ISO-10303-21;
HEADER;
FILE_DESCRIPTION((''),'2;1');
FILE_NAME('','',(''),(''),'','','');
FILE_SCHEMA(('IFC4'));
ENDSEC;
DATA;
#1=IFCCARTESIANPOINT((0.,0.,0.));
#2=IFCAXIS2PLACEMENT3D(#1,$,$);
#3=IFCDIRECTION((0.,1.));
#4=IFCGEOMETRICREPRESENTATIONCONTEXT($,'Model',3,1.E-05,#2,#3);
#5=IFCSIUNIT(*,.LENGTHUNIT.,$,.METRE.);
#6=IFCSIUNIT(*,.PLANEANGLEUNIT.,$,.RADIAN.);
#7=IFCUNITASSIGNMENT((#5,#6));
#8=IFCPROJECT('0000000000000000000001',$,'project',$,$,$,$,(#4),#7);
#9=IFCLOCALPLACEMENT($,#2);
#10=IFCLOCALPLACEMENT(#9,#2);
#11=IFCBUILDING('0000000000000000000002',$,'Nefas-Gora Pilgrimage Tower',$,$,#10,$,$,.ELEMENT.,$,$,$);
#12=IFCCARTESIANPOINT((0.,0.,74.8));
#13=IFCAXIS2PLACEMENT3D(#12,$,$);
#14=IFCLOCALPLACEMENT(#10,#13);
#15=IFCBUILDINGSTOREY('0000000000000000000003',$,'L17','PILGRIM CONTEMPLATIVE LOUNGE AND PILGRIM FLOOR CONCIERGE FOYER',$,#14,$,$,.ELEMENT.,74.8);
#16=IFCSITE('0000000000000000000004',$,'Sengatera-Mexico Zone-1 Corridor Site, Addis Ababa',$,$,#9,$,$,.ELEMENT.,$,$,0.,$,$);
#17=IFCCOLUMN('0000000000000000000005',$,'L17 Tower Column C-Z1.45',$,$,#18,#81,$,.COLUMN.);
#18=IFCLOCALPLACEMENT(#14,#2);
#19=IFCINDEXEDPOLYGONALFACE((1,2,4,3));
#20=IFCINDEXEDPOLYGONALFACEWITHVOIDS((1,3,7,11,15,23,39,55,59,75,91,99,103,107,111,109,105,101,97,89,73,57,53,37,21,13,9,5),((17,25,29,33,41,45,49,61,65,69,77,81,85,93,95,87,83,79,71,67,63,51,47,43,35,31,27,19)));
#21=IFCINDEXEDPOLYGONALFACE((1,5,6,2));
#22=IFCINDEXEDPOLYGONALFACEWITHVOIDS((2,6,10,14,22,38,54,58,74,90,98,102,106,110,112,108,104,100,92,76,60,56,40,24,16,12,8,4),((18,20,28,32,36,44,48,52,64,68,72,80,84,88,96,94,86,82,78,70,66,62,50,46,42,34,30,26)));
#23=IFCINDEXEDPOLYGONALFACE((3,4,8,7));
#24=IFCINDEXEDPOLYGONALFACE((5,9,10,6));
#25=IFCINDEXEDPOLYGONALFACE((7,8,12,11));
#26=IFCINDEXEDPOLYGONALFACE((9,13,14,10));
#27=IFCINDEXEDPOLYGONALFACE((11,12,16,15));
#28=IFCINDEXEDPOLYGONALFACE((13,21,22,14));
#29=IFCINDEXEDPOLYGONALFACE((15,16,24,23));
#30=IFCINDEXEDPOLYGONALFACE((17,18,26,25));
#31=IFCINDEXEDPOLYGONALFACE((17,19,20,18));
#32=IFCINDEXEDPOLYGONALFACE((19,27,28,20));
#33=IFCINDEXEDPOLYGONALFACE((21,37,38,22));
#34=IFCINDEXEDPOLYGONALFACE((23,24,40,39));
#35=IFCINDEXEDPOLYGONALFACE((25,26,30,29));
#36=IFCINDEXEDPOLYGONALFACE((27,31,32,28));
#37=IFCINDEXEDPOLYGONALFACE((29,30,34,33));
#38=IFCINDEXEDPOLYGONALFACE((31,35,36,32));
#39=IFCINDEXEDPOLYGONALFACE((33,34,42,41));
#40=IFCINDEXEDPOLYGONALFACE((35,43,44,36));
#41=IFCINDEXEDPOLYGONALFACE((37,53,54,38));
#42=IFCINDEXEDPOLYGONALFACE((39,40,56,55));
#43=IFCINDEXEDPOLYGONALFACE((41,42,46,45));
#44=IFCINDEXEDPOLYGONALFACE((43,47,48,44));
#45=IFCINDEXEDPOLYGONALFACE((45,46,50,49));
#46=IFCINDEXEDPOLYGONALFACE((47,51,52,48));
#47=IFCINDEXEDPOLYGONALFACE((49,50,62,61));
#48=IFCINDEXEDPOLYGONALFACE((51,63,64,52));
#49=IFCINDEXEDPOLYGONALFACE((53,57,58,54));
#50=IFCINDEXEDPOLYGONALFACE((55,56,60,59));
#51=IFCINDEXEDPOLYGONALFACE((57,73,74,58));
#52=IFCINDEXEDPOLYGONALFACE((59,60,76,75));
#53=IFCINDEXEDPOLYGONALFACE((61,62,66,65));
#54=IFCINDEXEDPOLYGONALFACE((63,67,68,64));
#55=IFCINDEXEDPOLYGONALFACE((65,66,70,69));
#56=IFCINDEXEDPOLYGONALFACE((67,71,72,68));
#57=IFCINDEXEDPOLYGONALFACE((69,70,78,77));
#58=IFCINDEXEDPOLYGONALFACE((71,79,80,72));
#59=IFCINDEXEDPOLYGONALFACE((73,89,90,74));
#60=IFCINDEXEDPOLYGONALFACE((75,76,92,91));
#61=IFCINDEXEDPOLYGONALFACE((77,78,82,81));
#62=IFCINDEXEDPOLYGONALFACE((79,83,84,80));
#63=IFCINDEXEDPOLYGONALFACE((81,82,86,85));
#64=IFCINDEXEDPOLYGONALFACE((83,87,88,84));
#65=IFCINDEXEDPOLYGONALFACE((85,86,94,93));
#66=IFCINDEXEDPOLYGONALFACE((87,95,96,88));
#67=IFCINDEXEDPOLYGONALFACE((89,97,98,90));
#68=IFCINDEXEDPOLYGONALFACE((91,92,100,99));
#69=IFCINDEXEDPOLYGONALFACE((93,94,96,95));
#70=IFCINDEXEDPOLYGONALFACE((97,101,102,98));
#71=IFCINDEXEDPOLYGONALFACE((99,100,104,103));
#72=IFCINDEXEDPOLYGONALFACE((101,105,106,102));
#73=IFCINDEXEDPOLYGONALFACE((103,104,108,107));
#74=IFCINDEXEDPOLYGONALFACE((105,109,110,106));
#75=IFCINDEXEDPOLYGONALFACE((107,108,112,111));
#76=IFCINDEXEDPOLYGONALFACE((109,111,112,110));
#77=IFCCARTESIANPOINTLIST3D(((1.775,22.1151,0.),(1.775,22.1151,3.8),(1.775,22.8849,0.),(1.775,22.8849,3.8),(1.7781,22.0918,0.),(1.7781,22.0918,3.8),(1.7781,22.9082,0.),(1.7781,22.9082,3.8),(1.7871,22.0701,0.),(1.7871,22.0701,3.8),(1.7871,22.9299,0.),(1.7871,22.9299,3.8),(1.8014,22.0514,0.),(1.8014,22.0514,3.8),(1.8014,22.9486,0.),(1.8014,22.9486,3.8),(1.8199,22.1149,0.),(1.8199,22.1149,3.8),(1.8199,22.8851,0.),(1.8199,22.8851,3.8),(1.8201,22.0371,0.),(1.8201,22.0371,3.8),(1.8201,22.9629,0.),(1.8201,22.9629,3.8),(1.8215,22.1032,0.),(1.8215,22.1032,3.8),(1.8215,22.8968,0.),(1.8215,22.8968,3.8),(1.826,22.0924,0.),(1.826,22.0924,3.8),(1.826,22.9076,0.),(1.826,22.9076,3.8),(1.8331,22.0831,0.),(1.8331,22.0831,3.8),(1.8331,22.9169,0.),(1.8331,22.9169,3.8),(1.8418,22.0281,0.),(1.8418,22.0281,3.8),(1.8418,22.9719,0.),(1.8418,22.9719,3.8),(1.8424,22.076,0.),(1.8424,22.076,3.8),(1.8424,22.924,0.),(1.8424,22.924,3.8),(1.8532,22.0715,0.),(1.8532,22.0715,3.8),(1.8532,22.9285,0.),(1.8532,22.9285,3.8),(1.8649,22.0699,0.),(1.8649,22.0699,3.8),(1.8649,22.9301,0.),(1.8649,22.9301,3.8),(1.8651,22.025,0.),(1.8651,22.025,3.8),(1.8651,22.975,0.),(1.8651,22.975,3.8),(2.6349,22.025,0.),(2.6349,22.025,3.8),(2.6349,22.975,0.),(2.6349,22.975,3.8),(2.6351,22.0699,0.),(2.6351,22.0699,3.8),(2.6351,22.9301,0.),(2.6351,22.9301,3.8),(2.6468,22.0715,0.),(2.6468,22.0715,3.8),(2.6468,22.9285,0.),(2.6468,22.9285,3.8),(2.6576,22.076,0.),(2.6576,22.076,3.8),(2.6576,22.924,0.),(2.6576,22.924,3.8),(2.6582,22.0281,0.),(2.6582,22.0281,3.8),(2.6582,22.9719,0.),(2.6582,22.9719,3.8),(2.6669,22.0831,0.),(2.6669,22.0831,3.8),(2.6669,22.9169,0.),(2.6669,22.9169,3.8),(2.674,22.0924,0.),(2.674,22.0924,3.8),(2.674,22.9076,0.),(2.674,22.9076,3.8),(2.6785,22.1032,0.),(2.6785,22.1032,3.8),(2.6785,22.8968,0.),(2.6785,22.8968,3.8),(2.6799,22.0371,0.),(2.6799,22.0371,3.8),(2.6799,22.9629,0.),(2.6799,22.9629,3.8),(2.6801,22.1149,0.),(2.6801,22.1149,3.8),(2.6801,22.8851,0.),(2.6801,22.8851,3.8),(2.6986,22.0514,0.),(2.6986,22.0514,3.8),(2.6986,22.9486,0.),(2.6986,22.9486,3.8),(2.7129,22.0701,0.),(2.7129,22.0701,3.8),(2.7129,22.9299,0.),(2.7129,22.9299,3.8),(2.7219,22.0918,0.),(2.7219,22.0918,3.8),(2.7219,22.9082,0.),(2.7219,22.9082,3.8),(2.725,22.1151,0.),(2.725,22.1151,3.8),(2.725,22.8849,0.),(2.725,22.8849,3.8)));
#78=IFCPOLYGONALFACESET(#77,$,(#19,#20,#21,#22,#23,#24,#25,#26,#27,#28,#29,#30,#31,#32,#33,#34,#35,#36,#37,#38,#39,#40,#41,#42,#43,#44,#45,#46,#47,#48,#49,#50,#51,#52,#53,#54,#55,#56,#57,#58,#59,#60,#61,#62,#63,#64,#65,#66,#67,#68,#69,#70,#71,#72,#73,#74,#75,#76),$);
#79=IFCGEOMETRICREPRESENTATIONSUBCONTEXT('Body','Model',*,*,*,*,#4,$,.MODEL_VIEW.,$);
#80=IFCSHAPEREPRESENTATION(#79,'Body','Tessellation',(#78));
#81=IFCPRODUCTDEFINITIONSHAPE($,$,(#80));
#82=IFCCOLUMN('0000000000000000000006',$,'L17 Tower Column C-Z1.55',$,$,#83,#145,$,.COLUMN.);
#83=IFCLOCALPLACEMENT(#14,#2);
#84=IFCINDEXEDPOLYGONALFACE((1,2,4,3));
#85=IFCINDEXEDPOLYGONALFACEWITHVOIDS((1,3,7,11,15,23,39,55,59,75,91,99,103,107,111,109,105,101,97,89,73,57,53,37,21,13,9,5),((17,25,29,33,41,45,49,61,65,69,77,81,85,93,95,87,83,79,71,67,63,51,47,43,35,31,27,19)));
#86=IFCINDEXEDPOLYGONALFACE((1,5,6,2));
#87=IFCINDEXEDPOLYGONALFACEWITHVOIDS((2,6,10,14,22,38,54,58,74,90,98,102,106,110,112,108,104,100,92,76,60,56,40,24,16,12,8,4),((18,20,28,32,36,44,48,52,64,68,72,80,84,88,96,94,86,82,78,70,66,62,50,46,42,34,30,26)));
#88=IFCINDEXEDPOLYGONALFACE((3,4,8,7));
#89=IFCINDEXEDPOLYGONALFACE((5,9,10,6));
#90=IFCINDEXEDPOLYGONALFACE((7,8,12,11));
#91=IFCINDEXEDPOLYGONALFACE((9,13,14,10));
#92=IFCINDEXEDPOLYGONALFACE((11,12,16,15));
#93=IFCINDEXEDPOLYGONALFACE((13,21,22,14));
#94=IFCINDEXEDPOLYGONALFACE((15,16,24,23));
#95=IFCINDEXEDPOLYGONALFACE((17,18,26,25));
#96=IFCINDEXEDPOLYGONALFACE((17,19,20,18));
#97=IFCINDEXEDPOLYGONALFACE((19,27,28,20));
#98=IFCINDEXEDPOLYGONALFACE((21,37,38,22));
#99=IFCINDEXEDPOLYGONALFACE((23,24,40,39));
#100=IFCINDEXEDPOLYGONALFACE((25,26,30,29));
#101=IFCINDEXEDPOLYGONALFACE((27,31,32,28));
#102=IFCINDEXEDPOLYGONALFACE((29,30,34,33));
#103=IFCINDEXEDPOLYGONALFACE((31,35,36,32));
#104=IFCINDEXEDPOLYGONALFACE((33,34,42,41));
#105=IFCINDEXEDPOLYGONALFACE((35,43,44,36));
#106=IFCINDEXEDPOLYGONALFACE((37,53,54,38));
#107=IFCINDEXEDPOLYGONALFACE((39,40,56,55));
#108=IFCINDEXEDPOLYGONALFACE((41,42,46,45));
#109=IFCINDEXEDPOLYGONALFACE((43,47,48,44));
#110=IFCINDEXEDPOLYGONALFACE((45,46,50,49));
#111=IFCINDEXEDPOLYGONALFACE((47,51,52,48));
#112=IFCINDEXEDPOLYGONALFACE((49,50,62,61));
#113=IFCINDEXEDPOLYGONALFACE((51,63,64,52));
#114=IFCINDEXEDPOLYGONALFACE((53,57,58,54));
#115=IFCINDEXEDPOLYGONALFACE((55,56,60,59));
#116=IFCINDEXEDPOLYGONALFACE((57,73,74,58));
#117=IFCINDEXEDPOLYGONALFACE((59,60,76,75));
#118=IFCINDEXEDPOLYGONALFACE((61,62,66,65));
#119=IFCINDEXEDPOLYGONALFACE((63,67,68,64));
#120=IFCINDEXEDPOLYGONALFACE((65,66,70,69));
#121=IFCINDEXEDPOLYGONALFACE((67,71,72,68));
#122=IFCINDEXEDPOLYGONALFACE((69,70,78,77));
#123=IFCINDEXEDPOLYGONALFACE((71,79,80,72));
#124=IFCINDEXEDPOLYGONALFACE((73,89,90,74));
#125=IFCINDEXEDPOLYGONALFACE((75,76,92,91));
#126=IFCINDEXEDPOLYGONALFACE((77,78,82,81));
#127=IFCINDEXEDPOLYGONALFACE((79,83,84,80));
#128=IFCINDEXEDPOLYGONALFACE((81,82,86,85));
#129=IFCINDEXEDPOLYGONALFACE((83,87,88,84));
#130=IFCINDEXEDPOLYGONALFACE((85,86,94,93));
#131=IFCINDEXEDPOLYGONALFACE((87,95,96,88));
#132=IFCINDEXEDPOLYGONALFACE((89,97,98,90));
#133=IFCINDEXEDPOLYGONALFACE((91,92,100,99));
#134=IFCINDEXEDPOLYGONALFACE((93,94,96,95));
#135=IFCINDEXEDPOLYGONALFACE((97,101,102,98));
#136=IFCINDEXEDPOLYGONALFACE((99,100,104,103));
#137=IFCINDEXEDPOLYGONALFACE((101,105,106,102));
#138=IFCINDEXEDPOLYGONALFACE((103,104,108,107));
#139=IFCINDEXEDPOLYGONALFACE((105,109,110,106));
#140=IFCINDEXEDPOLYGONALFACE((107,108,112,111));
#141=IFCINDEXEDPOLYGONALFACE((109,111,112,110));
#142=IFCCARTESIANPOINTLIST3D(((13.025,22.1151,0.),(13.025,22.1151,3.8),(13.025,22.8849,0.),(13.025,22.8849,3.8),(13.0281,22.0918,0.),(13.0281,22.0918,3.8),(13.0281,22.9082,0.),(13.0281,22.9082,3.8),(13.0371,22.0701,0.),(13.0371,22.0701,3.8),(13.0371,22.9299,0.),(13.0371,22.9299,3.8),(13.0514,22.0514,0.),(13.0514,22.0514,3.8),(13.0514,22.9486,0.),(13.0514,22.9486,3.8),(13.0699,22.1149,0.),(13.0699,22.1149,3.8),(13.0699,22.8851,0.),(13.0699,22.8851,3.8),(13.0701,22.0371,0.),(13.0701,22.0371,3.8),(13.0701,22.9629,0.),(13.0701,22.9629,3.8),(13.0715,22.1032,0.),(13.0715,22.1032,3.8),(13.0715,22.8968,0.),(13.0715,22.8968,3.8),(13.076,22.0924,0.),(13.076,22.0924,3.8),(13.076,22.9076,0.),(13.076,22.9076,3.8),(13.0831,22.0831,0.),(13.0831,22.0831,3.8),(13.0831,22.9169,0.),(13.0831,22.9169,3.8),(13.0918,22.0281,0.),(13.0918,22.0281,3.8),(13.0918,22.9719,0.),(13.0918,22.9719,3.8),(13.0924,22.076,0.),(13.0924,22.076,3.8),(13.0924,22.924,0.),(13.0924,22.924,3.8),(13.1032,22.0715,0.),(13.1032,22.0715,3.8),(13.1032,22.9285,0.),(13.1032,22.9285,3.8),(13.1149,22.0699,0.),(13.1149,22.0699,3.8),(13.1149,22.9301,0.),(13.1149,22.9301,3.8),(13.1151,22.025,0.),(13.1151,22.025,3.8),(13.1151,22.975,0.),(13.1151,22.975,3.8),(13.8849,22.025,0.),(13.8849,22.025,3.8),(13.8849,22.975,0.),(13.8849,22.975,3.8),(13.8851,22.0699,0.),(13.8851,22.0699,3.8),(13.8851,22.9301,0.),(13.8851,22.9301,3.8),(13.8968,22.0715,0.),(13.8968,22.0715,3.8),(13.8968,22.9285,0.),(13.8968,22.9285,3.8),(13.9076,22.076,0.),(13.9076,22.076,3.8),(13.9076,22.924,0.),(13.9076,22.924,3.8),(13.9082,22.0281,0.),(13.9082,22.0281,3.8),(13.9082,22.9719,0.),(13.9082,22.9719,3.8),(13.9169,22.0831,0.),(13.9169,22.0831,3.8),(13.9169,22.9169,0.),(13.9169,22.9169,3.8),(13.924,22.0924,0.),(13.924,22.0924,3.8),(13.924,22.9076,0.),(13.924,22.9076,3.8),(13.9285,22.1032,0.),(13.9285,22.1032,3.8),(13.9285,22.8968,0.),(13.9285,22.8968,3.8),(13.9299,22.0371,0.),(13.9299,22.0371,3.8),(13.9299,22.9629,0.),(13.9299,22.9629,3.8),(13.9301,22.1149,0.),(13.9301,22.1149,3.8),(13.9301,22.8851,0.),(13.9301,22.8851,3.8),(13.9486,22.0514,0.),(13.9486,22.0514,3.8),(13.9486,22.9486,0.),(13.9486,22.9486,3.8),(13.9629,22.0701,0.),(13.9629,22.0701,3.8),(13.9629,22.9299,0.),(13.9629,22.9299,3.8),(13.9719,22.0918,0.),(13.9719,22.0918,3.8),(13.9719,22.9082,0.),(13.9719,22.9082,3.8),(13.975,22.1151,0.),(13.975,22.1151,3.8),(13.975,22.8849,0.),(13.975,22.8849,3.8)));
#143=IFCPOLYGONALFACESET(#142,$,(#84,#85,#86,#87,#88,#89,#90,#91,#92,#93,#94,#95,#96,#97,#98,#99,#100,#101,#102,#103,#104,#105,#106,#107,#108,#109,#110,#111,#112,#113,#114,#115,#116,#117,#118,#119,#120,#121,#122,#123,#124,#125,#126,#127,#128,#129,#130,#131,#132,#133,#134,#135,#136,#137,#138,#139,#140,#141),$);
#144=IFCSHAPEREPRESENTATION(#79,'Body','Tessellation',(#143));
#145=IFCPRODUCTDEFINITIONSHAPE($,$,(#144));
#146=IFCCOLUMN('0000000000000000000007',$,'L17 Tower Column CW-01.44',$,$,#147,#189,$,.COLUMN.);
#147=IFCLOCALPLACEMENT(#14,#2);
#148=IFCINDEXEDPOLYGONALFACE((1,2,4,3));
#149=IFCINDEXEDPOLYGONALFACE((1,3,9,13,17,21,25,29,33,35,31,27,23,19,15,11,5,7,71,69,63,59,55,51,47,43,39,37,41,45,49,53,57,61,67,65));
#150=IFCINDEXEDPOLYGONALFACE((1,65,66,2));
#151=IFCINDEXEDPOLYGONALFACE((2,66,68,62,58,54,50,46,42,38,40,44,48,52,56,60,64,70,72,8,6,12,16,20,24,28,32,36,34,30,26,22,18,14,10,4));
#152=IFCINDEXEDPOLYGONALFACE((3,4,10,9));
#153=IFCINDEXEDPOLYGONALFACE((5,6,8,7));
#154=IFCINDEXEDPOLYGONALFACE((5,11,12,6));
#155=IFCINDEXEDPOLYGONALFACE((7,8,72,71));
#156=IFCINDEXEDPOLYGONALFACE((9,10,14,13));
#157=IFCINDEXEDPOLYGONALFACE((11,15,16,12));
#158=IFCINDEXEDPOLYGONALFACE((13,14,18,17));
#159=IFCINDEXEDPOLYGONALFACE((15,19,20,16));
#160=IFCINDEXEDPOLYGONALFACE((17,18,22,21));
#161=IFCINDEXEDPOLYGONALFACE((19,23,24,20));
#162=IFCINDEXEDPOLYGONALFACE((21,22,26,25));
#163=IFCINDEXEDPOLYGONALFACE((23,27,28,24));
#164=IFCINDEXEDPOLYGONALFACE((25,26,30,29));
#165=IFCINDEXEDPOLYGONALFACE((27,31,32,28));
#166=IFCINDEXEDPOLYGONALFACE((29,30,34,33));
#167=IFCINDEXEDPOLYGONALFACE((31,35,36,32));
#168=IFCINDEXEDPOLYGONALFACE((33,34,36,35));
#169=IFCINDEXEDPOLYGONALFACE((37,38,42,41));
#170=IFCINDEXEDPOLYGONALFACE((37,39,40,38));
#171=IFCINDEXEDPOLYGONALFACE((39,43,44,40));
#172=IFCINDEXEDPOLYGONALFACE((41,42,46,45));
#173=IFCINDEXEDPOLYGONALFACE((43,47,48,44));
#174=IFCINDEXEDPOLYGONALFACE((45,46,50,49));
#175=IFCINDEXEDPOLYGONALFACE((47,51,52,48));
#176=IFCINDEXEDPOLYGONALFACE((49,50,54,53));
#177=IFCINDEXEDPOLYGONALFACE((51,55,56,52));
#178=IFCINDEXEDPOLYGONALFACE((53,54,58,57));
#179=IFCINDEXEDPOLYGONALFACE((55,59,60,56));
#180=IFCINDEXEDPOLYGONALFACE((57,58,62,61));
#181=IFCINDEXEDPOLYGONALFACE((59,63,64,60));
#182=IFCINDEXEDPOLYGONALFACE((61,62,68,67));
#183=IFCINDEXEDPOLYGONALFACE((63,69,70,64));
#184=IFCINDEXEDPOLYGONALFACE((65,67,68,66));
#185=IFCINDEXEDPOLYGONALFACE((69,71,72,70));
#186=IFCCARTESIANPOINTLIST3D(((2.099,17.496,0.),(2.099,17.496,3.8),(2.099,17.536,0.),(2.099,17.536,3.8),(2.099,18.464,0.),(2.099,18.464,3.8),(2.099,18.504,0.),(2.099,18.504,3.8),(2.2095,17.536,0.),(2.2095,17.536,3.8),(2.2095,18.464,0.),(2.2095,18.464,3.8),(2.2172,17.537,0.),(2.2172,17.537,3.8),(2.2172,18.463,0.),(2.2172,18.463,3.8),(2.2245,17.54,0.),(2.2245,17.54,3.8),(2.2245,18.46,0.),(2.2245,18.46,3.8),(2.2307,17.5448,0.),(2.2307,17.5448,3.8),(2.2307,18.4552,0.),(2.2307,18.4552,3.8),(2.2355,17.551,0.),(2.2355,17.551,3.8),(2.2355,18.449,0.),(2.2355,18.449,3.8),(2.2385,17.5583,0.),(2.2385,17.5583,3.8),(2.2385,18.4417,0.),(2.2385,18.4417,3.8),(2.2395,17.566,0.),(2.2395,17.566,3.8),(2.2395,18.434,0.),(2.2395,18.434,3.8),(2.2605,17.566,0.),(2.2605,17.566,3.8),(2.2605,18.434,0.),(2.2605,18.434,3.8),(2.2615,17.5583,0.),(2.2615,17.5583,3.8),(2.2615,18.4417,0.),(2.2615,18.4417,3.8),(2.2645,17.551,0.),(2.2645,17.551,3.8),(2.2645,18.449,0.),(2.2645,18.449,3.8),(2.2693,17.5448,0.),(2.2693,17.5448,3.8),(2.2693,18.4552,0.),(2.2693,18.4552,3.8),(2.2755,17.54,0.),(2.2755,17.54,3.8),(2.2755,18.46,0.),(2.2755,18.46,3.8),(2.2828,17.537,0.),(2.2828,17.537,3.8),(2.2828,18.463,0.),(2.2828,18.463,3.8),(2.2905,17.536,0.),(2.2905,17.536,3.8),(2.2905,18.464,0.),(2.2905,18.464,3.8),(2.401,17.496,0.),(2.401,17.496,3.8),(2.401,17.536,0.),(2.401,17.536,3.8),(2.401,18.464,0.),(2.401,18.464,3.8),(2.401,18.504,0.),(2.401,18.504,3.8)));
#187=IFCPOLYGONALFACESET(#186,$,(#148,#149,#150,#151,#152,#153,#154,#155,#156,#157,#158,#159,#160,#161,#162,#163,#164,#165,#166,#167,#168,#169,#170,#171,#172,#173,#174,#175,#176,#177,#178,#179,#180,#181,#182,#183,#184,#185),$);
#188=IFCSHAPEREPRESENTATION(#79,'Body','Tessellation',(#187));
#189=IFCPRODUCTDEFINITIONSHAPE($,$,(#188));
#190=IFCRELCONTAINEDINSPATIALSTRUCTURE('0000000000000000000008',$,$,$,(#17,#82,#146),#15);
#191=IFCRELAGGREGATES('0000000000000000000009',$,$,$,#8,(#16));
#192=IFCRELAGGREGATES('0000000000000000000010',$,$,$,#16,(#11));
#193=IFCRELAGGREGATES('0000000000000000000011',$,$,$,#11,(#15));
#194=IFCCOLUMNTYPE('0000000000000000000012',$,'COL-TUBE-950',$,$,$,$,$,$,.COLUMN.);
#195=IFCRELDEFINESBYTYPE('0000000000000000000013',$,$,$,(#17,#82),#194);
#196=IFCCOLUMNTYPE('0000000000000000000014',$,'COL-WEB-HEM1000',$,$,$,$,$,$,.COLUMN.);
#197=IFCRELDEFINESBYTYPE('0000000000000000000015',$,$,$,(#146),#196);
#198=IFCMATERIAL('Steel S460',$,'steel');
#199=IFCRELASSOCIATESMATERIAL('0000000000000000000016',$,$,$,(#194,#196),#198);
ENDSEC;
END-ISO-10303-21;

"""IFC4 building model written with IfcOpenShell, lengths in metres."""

from ifc_helpers import new_model, si_unit, direction, frame, origin, origin_2d, place, context, subcontext, project, spatial, hollow_rectangle, i_section, extrude, source, transform, mapped, material, material_profile, profile_set, type_object, element, save


model = new_model("IFC4")

# Units and contexts
model_context = context("Model", 3, precision=1e-05, world=origin(), true_north=direction((0.0, 1.0)))
body_context = subcontext(model_context, "Body", "Model", "MODEL_VIEW")
ifc_project = project(units=[si_unit("LENGTHUNIT", "METRE"), si_unit("PLANEANGLEUNIT", "RADIAN")], contexts=[model_context])

# Site, building, storey
site_placement = place(None, origin())
site = spatial("IfcSite", under=ifc_project, at=site_placement, Name="Sengatera-Mexico Zone-1 Corridor Site, Addis Ababa", CompositionType="ELEMENT", RefElevation=0.0)
building_placement = place(site_placement, origin())
building = spatial("IfcBuilding", under=site, at=building_placement, Name="Nefas-Gora Pilgrimage Tower", CompositionType="ELEMENT")
storey_placement = place(building_placement, frame((0.0, 0.0, 74.8)))
storey = spatial("IfcBuildingStorey", under=building, at=storey_placement, Name="L17", Description="PILGRIM CONTEMPLATIVE LOUNGE AND PILGRIM FLOOR CONCIERGE FOYER", CompositionType="ELEMENT", Elevation=74.8)

# Columns
ifc_material_1 = material(Name="Steel S460", Category="steel")
ifc_material_profile_1 = material_profile(ifc_material_1, hollow_rectangle(XDim=0.95, YDim=0.95, WallThickness=0.0449, InnerFilletRadius=0.0449, OuterFilletRadius=0.0901, at=origin_2d()), Name="BOX 950x950x45")
ifc_profile_set_1 = profile_set([ifc_material_profile_1], Name="Steel S460")
column_type_1 = type_object("IfcColumnType", Name="COL-TUBE-950", PredefinedType="COLUMN", material=ifc_profile_set_1)
shared_shape_1 = source(origin(), body_context, "Body", "SweptSolid", [
    extrude(hollow_rectangle(XDim=0.95, YDim=0.95, WallThickness=0.0449, InnerFilletRadius=0.0449, OuterFilletRadius=0.0901, at=origin_2d()), origin(), (0.0, 0.0, 1.0), 3.8),
])
for number, where, z_axis, x_axis, name in (
    (1, (2.25, 22.5, 0.0), (0.0, 0.0, 1.0), (1.0, 0.0, 0.0), "L17 Tower Column C-Z1.45"),
    (2, (13.5, 22.5, 0.0), (0.0, 0.0, 1.0), (1.0, 0.0, 0.0), "L17 Tower Column C-Z1.55"),
):
    element("IfcColumn", number, at=place(storey_placement, frame(where, z_axis=z_axis, x_axis=x_axis)), inside=storey, type_object=column_type_1, Name=name, PredefinedType="COLUMN", context=body_context, shape_type="MappedRepresentation", body=[
        mapped(shared_shape_1, transform((0.0, 0.0, 0.0), x_axis=(1.0, 0.0, 0.0), y_axis=(0.0, 1.0, 0.0), z_axis=(0.0, 0.0, 1.0), scale=1.0)),
    ])
ifc_material_profile_2 = material_profile(ifc_material_1, i_section(OverallWidth=0.302, OverallDepth=1.0081, WebThickness=0.021, FlangeThickness=0.04, FilletRadius=0.03, at=origin_2d()), Name="HEM 1000")
ifc_profile_set_2 = profile_set([ifc_material_profile_2], Name="Steel S460")
column_type_2 = type_object("IfcColumnType", Name="COL-WEB-HEM1000", PredefinedType="COLUMN", material=ifc_profile_set_2)
shared_shape_2 = source(origin(), body_context, "Body", "SweptSolid", [
    extrude(i_section(OverallWidth=0.302, OverallDepth=1.0081, WebThickness=0.021, FlangeThickness=0.04, FilletRadius=0.03, at=origin_2d()), origin(), (0.0, 0.0, 1.0), 3.8),
])
for number, where, z_axis, x_axis, name in (
    (3, (2.25, 18.0, 0.0), (0.0, 0.0, 1.0), (1.0, 0.0, 0.0), "L17 Tower Column CW-01.44"),
):
    element("IfcColumn", number, at=place(storey_placement, frame(where, z_axis=z_axis, x_axis=x_axis)), inside=storey, type_object=column_type_2, Name=name, PredefinedType="COLUMN", context=body_context, shape_type="MappedRepresentation", body=[
        mapped(shared_shape_2, transform((0.0, 0.0, 0.0), x_axis=(1.0, 0.0, 0.0), y_axis=(0.0, 1.0, 0.0), z_axis=(0.0, 0.0, 1.0), scale=1.0)),
    ])

save(model, "model.ifc")
